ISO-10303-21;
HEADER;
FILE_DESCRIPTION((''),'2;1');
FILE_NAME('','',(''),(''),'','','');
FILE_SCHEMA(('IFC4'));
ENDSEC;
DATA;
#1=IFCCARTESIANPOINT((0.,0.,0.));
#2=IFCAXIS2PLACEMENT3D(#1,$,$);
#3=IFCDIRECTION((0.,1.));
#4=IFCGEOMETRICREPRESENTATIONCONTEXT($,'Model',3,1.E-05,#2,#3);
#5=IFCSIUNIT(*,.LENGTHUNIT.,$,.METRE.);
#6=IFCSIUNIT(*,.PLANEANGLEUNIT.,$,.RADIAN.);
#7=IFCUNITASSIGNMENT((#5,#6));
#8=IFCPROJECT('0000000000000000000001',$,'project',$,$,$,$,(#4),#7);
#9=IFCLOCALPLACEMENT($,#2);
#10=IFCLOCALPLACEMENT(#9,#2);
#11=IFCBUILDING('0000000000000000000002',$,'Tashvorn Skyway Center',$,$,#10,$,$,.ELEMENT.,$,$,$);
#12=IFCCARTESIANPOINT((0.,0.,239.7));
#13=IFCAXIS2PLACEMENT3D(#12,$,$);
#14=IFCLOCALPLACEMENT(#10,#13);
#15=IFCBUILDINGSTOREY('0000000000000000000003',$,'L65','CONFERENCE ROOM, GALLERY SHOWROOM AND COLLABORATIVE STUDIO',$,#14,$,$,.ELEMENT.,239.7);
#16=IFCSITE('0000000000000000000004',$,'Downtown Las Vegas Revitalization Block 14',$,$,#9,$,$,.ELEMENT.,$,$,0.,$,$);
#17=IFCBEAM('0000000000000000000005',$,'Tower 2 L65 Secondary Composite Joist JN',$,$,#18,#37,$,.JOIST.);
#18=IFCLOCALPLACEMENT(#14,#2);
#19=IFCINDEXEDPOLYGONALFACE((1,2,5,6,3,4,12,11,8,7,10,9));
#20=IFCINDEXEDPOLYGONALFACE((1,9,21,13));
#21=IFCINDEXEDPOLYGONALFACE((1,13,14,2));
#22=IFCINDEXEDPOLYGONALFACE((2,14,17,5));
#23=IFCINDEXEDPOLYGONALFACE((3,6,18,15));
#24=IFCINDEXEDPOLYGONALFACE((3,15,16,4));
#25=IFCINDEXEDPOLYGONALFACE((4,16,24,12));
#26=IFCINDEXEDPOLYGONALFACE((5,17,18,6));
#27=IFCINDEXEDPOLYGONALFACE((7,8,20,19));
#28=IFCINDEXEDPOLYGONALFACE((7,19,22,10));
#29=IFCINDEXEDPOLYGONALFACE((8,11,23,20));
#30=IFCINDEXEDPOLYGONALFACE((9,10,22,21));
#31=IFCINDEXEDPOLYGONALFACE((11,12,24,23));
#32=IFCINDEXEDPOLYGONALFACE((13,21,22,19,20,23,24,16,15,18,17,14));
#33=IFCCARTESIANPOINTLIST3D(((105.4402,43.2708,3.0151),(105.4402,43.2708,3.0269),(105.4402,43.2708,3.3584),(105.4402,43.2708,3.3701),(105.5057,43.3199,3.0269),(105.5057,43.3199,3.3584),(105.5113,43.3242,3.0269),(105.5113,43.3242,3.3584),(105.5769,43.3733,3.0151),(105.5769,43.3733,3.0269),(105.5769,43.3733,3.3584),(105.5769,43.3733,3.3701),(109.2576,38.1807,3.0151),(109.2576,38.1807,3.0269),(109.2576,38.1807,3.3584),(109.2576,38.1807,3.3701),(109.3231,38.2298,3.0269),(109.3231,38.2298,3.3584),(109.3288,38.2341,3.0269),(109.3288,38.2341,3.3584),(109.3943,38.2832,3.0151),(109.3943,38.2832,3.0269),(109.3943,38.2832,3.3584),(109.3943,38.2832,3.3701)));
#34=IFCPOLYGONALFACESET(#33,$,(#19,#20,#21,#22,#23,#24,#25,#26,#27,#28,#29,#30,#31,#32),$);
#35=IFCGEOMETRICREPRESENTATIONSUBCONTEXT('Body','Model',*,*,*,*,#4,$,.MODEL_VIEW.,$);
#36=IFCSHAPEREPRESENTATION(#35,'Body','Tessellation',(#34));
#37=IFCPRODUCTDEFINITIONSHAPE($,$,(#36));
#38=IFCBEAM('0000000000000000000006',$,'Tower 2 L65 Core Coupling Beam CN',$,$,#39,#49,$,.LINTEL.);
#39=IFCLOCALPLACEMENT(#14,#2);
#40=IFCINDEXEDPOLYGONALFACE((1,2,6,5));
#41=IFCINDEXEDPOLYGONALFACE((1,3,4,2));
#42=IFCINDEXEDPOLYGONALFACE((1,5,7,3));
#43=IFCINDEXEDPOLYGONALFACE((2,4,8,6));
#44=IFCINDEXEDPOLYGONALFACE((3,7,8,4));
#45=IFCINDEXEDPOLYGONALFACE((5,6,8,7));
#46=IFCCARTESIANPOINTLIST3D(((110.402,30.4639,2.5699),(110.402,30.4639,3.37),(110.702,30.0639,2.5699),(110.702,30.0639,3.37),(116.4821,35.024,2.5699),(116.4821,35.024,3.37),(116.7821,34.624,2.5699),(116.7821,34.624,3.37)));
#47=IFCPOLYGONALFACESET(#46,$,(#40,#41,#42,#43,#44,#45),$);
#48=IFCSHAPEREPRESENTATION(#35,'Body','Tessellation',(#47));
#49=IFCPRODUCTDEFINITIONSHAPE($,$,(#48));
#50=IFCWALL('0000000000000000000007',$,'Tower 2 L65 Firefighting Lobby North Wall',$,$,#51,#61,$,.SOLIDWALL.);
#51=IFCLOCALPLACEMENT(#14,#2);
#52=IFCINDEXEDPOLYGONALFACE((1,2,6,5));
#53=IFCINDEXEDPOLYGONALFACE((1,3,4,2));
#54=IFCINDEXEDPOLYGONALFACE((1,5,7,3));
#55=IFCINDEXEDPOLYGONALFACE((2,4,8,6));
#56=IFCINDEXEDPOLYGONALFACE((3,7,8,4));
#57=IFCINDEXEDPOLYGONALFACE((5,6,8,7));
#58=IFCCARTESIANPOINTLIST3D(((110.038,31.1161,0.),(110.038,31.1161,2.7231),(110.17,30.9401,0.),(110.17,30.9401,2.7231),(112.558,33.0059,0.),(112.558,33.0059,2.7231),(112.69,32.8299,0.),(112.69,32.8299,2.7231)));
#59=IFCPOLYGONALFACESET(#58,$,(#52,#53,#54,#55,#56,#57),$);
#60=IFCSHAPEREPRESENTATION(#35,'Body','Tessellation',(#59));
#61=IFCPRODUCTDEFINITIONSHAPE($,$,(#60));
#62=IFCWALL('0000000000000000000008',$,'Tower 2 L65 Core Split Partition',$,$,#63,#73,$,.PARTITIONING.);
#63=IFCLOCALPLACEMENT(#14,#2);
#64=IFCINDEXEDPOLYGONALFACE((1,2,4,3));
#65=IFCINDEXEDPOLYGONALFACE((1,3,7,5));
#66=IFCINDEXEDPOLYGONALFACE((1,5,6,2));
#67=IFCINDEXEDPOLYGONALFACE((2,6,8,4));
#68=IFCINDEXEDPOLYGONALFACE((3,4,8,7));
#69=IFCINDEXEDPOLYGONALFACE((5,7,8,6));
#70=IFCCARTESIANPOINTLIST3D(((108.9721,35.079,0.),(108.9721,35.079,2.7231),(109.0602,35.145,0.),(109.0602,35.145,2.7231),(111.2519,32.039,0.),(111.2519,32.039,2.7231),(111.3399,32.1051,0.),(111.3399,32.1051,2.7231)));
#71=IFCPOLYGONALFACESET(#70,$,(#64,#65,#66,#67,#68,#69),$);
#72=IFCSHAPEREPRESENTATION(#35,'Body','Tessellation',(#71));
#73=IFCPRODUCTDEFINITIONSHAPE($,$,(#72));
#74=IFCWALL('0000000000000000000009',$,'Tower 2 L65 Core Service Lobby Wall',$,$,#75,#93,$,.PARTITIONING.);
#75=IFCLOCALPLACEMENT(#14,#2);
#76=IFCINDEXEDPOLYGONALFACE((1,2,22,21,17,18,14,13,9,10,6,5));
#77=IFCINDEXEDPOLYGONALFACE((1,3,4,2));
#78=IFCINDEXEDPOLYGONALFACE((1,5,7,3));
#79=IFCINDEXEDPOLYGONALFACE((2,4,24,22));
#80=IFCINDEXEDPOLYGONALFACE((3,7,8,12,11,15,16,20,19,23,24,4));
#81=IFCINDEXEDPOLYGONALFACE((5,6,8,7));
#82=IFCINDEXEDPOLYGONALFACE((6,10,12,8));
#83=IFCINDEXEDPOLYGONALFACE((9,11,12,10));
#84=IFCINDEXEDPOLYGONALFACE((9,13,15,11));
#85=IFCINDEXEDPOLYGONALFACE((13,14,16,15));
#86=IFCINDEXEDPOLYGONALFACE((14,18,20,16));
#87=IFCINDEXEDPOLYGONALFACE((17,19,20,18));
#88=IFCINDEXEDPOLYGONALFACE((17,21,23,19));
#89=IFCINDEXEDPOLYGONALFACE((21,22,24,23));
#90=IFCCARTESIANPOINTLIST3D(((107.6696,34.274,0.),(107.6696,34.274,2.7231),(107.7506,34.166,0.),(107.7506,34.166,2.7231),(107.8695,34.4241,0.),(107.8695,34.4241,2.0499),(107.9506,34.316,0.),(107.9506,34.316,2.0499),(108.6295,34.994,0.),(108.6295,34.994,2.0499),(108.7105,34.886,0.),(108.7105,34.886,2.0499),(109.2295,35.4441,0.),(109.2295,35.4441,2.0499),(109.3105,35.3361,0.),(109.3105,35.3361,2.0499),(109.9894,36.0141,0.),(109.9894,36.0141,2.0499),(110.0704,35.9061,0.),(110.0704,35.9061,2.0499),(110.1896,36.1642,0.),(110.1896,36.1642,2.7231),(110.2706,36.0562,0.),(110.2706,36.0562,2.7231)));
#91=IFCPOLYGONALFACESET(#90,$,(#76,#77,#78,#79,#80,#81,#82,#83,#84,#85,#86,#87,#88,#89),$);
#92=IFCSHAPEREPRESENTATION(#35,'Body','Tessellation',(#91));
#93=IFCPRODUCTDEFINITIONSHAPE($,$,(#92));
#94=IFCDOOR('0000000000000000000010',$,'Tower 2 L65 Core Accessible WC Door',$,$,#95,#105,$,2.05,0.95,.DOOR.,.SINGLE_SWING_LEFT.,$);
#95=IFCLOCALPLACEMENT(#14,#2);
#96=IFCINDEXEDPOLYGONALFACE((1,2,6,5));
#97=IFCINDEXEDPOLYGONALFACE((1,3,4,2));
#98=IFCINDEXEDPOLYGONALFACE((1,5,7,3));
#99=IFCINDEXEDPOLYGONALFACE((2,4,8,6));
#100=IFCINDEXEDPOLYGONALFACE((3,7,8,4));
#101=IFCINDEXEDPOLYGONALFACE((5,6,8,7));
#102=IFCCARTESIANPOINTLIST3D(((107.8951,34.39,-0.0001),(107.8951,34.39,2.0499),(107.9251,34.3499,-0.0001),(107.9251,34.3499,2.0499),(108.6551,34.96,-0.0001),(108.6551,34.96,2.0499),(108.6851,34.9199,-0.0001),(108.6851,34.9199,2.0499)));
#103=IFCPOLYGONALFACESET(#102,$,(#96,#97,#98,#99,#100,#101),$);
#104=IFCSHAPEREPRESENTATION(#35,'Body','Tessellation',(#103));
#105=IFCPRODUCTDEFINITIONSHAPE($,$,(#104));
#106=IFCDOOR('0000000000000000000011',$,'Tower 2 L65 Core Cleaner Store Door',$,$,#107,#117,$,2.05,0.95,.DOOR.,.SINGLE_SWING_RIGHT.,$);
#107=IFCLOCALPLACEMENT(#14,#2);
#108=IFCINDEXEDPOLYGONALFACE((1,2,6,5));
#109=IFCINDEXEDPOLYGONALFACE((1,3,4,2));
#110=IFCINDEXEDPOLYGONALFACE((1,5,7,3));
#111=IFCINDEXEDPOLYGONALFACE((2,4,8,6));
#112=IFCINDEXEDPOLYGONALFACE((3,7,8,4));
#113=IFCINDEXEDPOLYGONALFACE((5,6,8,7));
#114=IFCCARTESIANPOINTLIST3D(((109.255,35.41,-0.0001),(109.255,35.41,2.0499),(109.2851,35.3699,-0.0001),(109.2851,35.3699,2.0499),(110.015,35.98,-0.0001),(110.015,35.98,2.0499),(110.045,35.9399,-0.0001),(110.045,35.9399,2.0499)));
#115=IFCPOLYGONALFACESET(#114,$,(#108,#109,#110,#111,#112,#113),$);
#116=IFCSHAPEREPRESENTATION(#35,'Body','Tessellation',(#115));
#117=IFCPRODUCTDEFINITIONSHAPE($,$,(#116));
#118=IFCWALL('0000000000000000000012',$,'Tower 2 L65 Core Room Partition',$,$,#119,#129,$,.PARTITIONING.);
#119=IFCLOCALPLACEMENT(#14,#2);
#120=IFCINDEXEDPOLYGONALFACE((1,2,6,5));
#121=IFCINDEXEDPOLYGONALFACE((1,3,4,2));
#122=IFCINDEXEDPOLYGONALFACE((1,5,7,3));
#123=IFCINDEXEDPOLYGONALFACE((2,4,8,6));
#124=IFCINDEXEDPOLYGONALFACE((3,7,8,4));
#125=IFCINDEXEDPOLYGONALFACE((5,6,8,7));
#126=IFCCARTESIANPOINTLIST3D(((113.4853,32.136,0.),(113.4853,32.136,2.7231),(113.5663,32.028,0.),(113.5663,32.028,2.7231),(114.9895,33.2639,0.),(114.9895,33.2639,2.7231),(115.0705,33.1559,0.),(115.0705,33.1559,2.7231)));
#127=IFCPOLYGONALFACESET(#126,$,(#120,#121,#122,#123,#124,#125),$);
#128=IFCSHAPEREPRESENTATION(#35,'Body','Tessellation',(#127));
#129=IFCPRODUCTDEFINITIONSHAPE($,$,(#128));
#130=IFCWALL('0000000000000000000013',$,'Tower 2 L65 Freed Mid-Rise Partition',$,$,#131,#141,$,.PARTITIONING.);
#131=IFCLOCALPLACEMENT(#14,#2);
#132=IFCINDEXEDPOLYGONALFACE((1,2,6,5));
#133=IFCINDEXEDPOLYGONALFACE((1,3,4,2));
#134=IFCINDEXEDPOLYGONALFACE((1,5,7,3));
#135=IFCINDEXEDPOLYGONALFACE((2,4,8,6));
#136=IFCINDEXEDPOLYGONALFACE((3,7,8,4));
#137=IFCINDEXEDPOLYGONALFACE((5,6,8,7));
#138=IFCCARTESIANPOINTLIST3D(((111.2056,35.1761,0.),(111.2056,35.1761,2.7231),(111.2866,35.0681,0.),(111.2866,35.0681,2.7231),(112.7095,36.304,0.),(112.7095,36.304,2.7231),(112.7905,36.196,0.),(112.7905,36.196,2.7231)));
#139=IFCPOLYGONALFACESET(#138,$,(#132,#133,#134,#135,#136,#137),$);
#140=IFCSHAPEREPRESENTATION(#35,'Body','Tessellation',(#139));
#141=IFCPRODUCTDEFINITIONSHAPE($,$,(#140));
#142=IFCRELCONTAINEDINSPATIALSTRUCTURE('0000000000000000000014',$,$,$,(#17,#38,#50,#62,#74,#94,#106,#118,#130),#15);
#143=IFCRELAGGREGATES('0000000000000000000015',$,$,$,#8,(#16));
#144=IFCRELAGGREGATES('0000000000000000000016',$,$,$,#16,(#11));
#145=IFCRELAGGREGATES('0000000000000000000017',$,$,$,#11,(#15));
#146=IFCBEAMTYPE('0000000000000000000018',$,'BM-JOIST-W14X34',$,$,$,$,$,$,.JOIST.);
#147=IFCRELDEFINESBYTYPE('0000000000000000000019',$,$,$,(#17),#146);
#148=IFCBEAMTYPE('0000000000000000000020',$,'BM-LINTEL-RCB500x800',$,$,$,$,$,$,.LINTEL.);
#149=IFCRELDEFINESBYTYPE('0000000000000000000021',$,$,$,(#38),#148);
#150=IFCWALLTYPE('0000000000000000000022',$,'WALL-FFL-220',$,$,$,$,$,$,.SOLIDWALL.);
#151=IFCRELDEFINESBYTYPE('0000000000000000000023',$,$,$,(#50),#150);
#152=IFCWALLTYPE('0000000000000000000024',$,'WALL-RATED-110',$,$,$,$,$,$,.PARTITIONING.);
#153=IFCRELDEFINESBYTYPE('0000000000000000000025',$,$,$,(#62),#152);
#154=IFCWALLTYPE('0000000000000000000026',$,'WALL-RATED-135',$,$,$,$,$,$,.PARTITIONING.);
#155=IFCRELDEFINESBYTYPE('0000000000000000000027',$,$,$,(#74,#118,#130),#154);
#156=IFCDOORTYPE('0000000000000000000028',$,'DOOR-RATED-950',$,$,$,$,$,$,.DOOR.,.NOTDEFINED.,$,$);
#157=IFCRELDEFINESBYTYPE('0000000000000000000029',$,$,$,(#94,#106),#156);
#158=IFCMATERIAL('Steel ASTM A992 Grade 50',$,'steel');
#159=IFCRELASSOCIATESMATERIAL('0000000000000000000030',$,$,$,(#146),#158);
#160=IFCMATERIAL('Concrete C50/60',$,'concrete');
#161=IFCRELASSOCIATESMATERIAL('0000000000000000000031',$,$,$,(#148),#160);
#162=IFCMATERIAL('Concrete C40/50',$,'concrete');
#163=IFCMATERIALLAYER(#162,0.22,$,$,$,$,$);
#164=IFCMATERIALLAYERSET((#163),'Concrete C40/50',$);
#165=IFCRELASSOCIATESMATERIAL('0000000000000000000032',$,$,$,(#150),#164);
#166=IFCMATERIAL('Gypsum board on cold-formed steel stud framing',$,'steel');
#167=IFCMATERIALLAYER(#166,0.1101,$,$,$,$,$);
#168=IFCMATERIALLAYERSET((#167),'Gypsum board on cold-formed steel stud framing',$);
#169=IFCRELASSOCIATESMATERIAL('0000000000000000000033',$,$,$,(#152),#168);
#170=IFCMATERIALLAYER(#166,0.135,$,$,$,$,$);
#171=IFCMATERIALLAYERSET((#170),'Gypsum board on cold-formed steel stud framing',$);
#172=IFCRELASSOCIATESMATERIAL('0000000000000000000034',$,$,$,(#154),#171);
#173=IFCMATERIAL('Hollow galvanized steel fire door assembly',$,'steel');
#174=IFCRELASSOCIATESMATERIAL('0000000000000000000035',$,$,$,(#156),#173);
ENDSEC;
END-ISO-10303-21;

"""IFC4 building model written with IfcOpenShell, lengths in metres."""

from ifc_helpers import new_model, si_unit, direction, frame, frame_2d, origin, origin_2d, place, context, subcontext, project, spatial, rectangle, i_section, extrude, material, layer, layer_set, material_profile, profile_set, type_object, element, fill, save


model = new_model("IFC4")

# Units and contexts
model_context = context("Model", 3, precision=1e-05, world=origin(), true_north=direction((0.0, 1.0)))
body_context = subcontext(model_context, "Body", "Model", "MODEL_VIEW")
ifc_project = project(units=[si_unit("LENGTHUNIT", "METRE"), si_unit("PLANEANGLEUNIT", "RADIAN")], contexts=[model_context])

# Site, building, storey
site_placement = place(None, origin())
site = spatial("IfcSite", under=ifc_project, at=site_placement, Name="Downtown Las Vegas Revitalization Block 14", CompositionType="ELEMENT", RefElevation=0.0)
building_placement = place(site_placement, origin())
building = spatial("IfcBuilding", under=site, at=building_placement, Name="Tashvorn Skyway Center", CompositionType="ELEMENT")
storey_placement = place(building_placement, frame((0.0, 0.0, 239.7)))
storey = spatial("IfcBuildingStorey", under=building, at=storey_placement, Name="L65", Description="CONFERENCE ROOM, GALLERY SHOWROOM AND COLLABORATIVE STUDIO", CompositionType="ELEMENT", Elevation=239.7)

# Beams
ifc_material_1 = material(Name="Steel ASTM A992 Grade 50", Category="steel")
ifc_material_profile_1 = material_profile(ifc_material_1, i_section(OverallWidth=0.1709, OverallDepth=0.355, WebThickness=0.0071, FlangeThickness=0.0117, at=origin_2d()), Name="W14X34")
ifc_profile_set_1 = profile_set([ifc_material_profile_1], Name="Steel ASTM A992 Grade 50")
beam_type_1 = type_object("IfcBeamType", Name="BM-JOIST-W14X34", PredefinedType="JOIST", material=ifc_profile_set_1)
beam_1_placement = place(storey_placement, frame((109.3259, 38.2319, 3.1926), z_axis=(-0.599982, 0.800014, 0.0), x_axis=(-0.800014, -0.599982, 0.0)))
element("IfcBeam", 1, at=beam_1_placement, inside=storey, type_object=beam_type_1, Name="Tower 2 L65 Secondary Composite Joist JN", PredefinedType="JOIST", context=body_context, shape_type="SweptSolid", body=[
    extrude(i_section(OverallWidth=0.1709, OverallDepth=0.355, WebThickness=0.0071, FlangeThickness=0.0117, at=origin_2d()), origin(), (0.0, 0.0, 1.0), 6.3625),
])
ifc_material_2 = material(Name="Concrete C50/60", Category="concrete")
ifc_material_profile_2 = material_profile(ifc_material_2, rectangle(XDim=0.5, YDim=0.8, at=origin_2d()), Name="RCB500x800")
ifc_profile_set_2 = profile_set([ifc_material_profile_2], Name="Concrete C50/60")
beam_type_2 = type_object("IfcBeamType", Name="BM-LINTEL-RCB500x800", PredefinedType="LINTEL", material=ifc_profile_set_2)
beam_2_placement = place(storey_placement, frame((110.552, 30.2639, 2.97), z_axis=(0.8, 0.6, 0.0), x_axis=(-0.6, 0.8, 0.0)))
element("IfcBeam", 2, at=beam_2_placement, inside=storey, type_object=beam_type_2, Name="Tower 2 L65 Core Coupling Beam CN", PredefinedType="LINTEL", context=body_context, shape_type="SweptSolid", body=[
    extrude(rectangle(XDim=0.5, YDim=0.8, at=origin_2d()), origin(), (0.0, 0.0, 1.0), 7.6001),
])

# Walls
ifc_material_3 = material(Name="Concrete C40/50", Category="concrete")
ifc_layer_1 = layer(ifc_material_3, 0.22)
ifc_layer_set_1 = layer_set([ifc_layer_1], Name="Concrete C40/50")
wall_type_1 = type_object("IfcWallType", Name="WALL-FFL-220", PredefinedType="SOLIDWALL", material=ifc_layer_set_1)
wall_1_placement = place(storey_placement, frame((110.104, 31.0281, 0.0), z_axis=(0.0, 0.0, 1.0), x_axis=(0.800019, 0.599975, 0.0)))
element("IfcWall", 3, at=wall_1_placement, inside=storey, type_object=wall_type_1, Name="Tower 2 L65 Firefighting Lobby North Wall", PredefinedType="SOLIDWALL", context=body_context, shape_type="SweptSolid", body=[
    extrude(rectangle(XDim=3.1499, YDim=0.22, at=frame_2d((1.575, 0.0))), origin(), (0.0, 0.0, 1.0), 2.7231),
])
ifc_material_4 = material(Name="Gypsum board on cold-formed steel stud framing", Category="steel")
ifc_layer_2 = layer(ifc_material_4, 0.1101)
ifc_layer_set_2 = layer_set([ifc_layer_2], Name="Gypsum board on cold-formed steel stud framing")
wall_type_2 = type_object("IfcWallType", Name="WALL-RATED-110", PredefinedType="PARTITIONING", material=ifc_layer_set_2)
wall_2_placement = place(storey_placement, frame((111.2959, 32.072, 0.0), z_axis=(0.0, 0.0, 1.0), x_axis=(-0.599959, 0.800031, 0.0)))
element("IfcWall", 4, at=wall_2_placement, inside=storey, type_object=wall_type_2, Name="Tower 2 L65 Core Split Partition", PredefinedType="PARTITIONING", context=body_context, shape_type="SweptSolid", body=[
    extrude(rectangle(XDim=3.7998, YDim=0.1101, at=frame_2d((1.8999, 0.0))), origin(), (0.0, 0.0, 1.0), 2.7231),
])

# Wall, openings, doors
ifc_layer_3 = layer(ifc_material_4, 0.135)
ifc_layer_set_3 = layer_set([ifc_layer_3], Name="Gypsum board on cold-formed steel stud framing")
wall_type_3 = type_object("IfcWallType", Name="WALL-RATED-135", PredefinedType="PARTITIONING", material=ifc_layer_set_3)
wall_3_placement = place(storey_placement, frame((107.71, 34.22, 0.0), z_axis=(0.0, 0.0, 1.0), x_axis=(0.799981, 0.600025, 0.0)))
wall_3 = element("IfcWall", 5, at=wall_3_placement, inside=storey, type_object=wall_type_3, Name="Tower 2 L65 Core Service Lobby Wall", PredefinedType="PARTITIONING", context=body_context, shape_type="SweptSolid", body=[
    extrude(rectangle(XDim=3.1501, YDim=0.135, at=frame_2d((1.5752, 0.0))), origin(), (0.0, 0.0, 1.0), 2.7231),
])
opening_1_placement = place(wall_3_placement, frame((0.25, 0.0, 0.0)))
opening_1 = element("IfcOpeningElement", 6, at=opening_1_placement, cuts=wall_3, PredefinedType="OPENING", context=body_context, shape_type="SweptSolid", body=[
    extrude(rectangle(XDim=0.95, YDim=2.05, at=frame_2d((0.4751, 1.0249))), frame((0.0, 0.0774, 0.0), z_axis=(0.0, -1.0, 0.0), x_axis=(1.0, 0.0, 0.0)), (0.0, 0.0, 1.0), 0.155),
])
opening_2_placement = place(wall_3_placement, frame((1.95, 0.0, 0.0)))
opening_2 = element("IfcOpeningElement", 7, at=opening_2_placement, cuts=wall_3, PredefinedType="OPENING", context=body_context, shape_type="SweptSolid", body=[
    extrude(rectangle(XDim=0.95, YDim=2.05, at=frame_2d((0.4751, 1.0249))), frame((0.0, 0.0774, 0.0), z_axis=(0.0, -1.0, 0.0), x_axis=(1.0, 0.0, 0.0)), (0.0, 0.0, 1.0), 0.155),
])
ifc_material_5 = material(Name="Hollow galvanized steel fire door assembly", Category="steel")
door_type_1 = type_object("IfcDoorType", Name="DOOR-RATED-950", OperationType="NOTDEFINED", PredefinedType="DOOR", material=ifc_material_5)
door_1_placement = place(opening_1_placement, origin())
door_1 = element("IfcDoor", 8, at=door_1_placement, inside=storey, type_object=door_type_1, Name="Tower 2 L65 Core Accessible WC Door", OperationType="SINGLE_SWING_LEFT", OverallHeight=2.05, OverallWidth=0.95, PredefinedType="DOOR", context=body_context, shape_type="SweptSolid", body=[
    extrude(rectangle(XDim=0.95, YDim=2.05, at=frame_2d((0.4751, 1.0249))), frame((0.0, 0.0249, 0.0), z_axis=(0.0, -1.0, 0.0), x_axis=(1.0, 0.0, 0.0)), (0.0, 0.0, 1.0), 0.05),
])
fill(opening_1, door_1)
door_2_placement = place(opening_2_placement, origin())
door_2 = element("IfcDoor", 9, at=door_2_placement, inside=storey, type_object=door_type_1, Name="Tower 2 L65 Core Cleaner Store Door", OperationType="SINGLE_SWING_RIGHT", OverallHeight=2.05, OverallWidth=0.95, PredefinedType="DOOR", context=body_context, shape_type="SweptSolid", body=[
    extrude(rectangle(XDim=0.95, YDim=2.05, at=frame_2d((0.4751, 1.0249))), frame((0.0, 0.0249, 0.0), z_axis=(0.0, -1.0, 0.0), x_axis=(1.0, 0.0, 0.0)), (0.0, 0.0, 1.0), 0.05),
])
fill(opening_2, door_2)

# Walls
wall_4_placement = place(storey_placement, frame((113.5259, 32.082, 0.0), z_axis=(0.0, 0.0, 1.0), x_axis=(0.800047, 0.599938, 0.0)))
element("IfcWall", 10, at=wall_4_placement, inside=storey, type_object=wall_type_3, Name="Tower 2 L65 Core Room Partition", PredefinedType="PARTITIONING", context=body_context, shape_type="SweptSolid", body=[
    extrude(rectangle(XDim=1.8801, YDim=0.135, at=frame_2d((0.9399, 0.0))), origin(), (0.0, 0.0, 1.0), 2.7231),
])
wall_5_placement = place(storey_placement, frame((111.2461, 35.1221, 0.0), z_axis=(0.0, 0.0, 1.0), x_axis=(0.8, 0.6, 0.0)))
element("IfcWall", 11, at=wall_5_placement, inside=storey, type_object=wall_type_3, Name="Tower 2 L65 Freed Mid-Rise Partition", PredefinedType="PARTITIONING", context=body_context, shape_type="SweptSolid", body=[
    extrude(rectangle(XDim=1.8799, YDim=0.135, at=frame_2d((0.9399, 0.0))), origin(), (0.0, 0.0, 1.0), 2.7231),
])

save(model, "model.ifc")
